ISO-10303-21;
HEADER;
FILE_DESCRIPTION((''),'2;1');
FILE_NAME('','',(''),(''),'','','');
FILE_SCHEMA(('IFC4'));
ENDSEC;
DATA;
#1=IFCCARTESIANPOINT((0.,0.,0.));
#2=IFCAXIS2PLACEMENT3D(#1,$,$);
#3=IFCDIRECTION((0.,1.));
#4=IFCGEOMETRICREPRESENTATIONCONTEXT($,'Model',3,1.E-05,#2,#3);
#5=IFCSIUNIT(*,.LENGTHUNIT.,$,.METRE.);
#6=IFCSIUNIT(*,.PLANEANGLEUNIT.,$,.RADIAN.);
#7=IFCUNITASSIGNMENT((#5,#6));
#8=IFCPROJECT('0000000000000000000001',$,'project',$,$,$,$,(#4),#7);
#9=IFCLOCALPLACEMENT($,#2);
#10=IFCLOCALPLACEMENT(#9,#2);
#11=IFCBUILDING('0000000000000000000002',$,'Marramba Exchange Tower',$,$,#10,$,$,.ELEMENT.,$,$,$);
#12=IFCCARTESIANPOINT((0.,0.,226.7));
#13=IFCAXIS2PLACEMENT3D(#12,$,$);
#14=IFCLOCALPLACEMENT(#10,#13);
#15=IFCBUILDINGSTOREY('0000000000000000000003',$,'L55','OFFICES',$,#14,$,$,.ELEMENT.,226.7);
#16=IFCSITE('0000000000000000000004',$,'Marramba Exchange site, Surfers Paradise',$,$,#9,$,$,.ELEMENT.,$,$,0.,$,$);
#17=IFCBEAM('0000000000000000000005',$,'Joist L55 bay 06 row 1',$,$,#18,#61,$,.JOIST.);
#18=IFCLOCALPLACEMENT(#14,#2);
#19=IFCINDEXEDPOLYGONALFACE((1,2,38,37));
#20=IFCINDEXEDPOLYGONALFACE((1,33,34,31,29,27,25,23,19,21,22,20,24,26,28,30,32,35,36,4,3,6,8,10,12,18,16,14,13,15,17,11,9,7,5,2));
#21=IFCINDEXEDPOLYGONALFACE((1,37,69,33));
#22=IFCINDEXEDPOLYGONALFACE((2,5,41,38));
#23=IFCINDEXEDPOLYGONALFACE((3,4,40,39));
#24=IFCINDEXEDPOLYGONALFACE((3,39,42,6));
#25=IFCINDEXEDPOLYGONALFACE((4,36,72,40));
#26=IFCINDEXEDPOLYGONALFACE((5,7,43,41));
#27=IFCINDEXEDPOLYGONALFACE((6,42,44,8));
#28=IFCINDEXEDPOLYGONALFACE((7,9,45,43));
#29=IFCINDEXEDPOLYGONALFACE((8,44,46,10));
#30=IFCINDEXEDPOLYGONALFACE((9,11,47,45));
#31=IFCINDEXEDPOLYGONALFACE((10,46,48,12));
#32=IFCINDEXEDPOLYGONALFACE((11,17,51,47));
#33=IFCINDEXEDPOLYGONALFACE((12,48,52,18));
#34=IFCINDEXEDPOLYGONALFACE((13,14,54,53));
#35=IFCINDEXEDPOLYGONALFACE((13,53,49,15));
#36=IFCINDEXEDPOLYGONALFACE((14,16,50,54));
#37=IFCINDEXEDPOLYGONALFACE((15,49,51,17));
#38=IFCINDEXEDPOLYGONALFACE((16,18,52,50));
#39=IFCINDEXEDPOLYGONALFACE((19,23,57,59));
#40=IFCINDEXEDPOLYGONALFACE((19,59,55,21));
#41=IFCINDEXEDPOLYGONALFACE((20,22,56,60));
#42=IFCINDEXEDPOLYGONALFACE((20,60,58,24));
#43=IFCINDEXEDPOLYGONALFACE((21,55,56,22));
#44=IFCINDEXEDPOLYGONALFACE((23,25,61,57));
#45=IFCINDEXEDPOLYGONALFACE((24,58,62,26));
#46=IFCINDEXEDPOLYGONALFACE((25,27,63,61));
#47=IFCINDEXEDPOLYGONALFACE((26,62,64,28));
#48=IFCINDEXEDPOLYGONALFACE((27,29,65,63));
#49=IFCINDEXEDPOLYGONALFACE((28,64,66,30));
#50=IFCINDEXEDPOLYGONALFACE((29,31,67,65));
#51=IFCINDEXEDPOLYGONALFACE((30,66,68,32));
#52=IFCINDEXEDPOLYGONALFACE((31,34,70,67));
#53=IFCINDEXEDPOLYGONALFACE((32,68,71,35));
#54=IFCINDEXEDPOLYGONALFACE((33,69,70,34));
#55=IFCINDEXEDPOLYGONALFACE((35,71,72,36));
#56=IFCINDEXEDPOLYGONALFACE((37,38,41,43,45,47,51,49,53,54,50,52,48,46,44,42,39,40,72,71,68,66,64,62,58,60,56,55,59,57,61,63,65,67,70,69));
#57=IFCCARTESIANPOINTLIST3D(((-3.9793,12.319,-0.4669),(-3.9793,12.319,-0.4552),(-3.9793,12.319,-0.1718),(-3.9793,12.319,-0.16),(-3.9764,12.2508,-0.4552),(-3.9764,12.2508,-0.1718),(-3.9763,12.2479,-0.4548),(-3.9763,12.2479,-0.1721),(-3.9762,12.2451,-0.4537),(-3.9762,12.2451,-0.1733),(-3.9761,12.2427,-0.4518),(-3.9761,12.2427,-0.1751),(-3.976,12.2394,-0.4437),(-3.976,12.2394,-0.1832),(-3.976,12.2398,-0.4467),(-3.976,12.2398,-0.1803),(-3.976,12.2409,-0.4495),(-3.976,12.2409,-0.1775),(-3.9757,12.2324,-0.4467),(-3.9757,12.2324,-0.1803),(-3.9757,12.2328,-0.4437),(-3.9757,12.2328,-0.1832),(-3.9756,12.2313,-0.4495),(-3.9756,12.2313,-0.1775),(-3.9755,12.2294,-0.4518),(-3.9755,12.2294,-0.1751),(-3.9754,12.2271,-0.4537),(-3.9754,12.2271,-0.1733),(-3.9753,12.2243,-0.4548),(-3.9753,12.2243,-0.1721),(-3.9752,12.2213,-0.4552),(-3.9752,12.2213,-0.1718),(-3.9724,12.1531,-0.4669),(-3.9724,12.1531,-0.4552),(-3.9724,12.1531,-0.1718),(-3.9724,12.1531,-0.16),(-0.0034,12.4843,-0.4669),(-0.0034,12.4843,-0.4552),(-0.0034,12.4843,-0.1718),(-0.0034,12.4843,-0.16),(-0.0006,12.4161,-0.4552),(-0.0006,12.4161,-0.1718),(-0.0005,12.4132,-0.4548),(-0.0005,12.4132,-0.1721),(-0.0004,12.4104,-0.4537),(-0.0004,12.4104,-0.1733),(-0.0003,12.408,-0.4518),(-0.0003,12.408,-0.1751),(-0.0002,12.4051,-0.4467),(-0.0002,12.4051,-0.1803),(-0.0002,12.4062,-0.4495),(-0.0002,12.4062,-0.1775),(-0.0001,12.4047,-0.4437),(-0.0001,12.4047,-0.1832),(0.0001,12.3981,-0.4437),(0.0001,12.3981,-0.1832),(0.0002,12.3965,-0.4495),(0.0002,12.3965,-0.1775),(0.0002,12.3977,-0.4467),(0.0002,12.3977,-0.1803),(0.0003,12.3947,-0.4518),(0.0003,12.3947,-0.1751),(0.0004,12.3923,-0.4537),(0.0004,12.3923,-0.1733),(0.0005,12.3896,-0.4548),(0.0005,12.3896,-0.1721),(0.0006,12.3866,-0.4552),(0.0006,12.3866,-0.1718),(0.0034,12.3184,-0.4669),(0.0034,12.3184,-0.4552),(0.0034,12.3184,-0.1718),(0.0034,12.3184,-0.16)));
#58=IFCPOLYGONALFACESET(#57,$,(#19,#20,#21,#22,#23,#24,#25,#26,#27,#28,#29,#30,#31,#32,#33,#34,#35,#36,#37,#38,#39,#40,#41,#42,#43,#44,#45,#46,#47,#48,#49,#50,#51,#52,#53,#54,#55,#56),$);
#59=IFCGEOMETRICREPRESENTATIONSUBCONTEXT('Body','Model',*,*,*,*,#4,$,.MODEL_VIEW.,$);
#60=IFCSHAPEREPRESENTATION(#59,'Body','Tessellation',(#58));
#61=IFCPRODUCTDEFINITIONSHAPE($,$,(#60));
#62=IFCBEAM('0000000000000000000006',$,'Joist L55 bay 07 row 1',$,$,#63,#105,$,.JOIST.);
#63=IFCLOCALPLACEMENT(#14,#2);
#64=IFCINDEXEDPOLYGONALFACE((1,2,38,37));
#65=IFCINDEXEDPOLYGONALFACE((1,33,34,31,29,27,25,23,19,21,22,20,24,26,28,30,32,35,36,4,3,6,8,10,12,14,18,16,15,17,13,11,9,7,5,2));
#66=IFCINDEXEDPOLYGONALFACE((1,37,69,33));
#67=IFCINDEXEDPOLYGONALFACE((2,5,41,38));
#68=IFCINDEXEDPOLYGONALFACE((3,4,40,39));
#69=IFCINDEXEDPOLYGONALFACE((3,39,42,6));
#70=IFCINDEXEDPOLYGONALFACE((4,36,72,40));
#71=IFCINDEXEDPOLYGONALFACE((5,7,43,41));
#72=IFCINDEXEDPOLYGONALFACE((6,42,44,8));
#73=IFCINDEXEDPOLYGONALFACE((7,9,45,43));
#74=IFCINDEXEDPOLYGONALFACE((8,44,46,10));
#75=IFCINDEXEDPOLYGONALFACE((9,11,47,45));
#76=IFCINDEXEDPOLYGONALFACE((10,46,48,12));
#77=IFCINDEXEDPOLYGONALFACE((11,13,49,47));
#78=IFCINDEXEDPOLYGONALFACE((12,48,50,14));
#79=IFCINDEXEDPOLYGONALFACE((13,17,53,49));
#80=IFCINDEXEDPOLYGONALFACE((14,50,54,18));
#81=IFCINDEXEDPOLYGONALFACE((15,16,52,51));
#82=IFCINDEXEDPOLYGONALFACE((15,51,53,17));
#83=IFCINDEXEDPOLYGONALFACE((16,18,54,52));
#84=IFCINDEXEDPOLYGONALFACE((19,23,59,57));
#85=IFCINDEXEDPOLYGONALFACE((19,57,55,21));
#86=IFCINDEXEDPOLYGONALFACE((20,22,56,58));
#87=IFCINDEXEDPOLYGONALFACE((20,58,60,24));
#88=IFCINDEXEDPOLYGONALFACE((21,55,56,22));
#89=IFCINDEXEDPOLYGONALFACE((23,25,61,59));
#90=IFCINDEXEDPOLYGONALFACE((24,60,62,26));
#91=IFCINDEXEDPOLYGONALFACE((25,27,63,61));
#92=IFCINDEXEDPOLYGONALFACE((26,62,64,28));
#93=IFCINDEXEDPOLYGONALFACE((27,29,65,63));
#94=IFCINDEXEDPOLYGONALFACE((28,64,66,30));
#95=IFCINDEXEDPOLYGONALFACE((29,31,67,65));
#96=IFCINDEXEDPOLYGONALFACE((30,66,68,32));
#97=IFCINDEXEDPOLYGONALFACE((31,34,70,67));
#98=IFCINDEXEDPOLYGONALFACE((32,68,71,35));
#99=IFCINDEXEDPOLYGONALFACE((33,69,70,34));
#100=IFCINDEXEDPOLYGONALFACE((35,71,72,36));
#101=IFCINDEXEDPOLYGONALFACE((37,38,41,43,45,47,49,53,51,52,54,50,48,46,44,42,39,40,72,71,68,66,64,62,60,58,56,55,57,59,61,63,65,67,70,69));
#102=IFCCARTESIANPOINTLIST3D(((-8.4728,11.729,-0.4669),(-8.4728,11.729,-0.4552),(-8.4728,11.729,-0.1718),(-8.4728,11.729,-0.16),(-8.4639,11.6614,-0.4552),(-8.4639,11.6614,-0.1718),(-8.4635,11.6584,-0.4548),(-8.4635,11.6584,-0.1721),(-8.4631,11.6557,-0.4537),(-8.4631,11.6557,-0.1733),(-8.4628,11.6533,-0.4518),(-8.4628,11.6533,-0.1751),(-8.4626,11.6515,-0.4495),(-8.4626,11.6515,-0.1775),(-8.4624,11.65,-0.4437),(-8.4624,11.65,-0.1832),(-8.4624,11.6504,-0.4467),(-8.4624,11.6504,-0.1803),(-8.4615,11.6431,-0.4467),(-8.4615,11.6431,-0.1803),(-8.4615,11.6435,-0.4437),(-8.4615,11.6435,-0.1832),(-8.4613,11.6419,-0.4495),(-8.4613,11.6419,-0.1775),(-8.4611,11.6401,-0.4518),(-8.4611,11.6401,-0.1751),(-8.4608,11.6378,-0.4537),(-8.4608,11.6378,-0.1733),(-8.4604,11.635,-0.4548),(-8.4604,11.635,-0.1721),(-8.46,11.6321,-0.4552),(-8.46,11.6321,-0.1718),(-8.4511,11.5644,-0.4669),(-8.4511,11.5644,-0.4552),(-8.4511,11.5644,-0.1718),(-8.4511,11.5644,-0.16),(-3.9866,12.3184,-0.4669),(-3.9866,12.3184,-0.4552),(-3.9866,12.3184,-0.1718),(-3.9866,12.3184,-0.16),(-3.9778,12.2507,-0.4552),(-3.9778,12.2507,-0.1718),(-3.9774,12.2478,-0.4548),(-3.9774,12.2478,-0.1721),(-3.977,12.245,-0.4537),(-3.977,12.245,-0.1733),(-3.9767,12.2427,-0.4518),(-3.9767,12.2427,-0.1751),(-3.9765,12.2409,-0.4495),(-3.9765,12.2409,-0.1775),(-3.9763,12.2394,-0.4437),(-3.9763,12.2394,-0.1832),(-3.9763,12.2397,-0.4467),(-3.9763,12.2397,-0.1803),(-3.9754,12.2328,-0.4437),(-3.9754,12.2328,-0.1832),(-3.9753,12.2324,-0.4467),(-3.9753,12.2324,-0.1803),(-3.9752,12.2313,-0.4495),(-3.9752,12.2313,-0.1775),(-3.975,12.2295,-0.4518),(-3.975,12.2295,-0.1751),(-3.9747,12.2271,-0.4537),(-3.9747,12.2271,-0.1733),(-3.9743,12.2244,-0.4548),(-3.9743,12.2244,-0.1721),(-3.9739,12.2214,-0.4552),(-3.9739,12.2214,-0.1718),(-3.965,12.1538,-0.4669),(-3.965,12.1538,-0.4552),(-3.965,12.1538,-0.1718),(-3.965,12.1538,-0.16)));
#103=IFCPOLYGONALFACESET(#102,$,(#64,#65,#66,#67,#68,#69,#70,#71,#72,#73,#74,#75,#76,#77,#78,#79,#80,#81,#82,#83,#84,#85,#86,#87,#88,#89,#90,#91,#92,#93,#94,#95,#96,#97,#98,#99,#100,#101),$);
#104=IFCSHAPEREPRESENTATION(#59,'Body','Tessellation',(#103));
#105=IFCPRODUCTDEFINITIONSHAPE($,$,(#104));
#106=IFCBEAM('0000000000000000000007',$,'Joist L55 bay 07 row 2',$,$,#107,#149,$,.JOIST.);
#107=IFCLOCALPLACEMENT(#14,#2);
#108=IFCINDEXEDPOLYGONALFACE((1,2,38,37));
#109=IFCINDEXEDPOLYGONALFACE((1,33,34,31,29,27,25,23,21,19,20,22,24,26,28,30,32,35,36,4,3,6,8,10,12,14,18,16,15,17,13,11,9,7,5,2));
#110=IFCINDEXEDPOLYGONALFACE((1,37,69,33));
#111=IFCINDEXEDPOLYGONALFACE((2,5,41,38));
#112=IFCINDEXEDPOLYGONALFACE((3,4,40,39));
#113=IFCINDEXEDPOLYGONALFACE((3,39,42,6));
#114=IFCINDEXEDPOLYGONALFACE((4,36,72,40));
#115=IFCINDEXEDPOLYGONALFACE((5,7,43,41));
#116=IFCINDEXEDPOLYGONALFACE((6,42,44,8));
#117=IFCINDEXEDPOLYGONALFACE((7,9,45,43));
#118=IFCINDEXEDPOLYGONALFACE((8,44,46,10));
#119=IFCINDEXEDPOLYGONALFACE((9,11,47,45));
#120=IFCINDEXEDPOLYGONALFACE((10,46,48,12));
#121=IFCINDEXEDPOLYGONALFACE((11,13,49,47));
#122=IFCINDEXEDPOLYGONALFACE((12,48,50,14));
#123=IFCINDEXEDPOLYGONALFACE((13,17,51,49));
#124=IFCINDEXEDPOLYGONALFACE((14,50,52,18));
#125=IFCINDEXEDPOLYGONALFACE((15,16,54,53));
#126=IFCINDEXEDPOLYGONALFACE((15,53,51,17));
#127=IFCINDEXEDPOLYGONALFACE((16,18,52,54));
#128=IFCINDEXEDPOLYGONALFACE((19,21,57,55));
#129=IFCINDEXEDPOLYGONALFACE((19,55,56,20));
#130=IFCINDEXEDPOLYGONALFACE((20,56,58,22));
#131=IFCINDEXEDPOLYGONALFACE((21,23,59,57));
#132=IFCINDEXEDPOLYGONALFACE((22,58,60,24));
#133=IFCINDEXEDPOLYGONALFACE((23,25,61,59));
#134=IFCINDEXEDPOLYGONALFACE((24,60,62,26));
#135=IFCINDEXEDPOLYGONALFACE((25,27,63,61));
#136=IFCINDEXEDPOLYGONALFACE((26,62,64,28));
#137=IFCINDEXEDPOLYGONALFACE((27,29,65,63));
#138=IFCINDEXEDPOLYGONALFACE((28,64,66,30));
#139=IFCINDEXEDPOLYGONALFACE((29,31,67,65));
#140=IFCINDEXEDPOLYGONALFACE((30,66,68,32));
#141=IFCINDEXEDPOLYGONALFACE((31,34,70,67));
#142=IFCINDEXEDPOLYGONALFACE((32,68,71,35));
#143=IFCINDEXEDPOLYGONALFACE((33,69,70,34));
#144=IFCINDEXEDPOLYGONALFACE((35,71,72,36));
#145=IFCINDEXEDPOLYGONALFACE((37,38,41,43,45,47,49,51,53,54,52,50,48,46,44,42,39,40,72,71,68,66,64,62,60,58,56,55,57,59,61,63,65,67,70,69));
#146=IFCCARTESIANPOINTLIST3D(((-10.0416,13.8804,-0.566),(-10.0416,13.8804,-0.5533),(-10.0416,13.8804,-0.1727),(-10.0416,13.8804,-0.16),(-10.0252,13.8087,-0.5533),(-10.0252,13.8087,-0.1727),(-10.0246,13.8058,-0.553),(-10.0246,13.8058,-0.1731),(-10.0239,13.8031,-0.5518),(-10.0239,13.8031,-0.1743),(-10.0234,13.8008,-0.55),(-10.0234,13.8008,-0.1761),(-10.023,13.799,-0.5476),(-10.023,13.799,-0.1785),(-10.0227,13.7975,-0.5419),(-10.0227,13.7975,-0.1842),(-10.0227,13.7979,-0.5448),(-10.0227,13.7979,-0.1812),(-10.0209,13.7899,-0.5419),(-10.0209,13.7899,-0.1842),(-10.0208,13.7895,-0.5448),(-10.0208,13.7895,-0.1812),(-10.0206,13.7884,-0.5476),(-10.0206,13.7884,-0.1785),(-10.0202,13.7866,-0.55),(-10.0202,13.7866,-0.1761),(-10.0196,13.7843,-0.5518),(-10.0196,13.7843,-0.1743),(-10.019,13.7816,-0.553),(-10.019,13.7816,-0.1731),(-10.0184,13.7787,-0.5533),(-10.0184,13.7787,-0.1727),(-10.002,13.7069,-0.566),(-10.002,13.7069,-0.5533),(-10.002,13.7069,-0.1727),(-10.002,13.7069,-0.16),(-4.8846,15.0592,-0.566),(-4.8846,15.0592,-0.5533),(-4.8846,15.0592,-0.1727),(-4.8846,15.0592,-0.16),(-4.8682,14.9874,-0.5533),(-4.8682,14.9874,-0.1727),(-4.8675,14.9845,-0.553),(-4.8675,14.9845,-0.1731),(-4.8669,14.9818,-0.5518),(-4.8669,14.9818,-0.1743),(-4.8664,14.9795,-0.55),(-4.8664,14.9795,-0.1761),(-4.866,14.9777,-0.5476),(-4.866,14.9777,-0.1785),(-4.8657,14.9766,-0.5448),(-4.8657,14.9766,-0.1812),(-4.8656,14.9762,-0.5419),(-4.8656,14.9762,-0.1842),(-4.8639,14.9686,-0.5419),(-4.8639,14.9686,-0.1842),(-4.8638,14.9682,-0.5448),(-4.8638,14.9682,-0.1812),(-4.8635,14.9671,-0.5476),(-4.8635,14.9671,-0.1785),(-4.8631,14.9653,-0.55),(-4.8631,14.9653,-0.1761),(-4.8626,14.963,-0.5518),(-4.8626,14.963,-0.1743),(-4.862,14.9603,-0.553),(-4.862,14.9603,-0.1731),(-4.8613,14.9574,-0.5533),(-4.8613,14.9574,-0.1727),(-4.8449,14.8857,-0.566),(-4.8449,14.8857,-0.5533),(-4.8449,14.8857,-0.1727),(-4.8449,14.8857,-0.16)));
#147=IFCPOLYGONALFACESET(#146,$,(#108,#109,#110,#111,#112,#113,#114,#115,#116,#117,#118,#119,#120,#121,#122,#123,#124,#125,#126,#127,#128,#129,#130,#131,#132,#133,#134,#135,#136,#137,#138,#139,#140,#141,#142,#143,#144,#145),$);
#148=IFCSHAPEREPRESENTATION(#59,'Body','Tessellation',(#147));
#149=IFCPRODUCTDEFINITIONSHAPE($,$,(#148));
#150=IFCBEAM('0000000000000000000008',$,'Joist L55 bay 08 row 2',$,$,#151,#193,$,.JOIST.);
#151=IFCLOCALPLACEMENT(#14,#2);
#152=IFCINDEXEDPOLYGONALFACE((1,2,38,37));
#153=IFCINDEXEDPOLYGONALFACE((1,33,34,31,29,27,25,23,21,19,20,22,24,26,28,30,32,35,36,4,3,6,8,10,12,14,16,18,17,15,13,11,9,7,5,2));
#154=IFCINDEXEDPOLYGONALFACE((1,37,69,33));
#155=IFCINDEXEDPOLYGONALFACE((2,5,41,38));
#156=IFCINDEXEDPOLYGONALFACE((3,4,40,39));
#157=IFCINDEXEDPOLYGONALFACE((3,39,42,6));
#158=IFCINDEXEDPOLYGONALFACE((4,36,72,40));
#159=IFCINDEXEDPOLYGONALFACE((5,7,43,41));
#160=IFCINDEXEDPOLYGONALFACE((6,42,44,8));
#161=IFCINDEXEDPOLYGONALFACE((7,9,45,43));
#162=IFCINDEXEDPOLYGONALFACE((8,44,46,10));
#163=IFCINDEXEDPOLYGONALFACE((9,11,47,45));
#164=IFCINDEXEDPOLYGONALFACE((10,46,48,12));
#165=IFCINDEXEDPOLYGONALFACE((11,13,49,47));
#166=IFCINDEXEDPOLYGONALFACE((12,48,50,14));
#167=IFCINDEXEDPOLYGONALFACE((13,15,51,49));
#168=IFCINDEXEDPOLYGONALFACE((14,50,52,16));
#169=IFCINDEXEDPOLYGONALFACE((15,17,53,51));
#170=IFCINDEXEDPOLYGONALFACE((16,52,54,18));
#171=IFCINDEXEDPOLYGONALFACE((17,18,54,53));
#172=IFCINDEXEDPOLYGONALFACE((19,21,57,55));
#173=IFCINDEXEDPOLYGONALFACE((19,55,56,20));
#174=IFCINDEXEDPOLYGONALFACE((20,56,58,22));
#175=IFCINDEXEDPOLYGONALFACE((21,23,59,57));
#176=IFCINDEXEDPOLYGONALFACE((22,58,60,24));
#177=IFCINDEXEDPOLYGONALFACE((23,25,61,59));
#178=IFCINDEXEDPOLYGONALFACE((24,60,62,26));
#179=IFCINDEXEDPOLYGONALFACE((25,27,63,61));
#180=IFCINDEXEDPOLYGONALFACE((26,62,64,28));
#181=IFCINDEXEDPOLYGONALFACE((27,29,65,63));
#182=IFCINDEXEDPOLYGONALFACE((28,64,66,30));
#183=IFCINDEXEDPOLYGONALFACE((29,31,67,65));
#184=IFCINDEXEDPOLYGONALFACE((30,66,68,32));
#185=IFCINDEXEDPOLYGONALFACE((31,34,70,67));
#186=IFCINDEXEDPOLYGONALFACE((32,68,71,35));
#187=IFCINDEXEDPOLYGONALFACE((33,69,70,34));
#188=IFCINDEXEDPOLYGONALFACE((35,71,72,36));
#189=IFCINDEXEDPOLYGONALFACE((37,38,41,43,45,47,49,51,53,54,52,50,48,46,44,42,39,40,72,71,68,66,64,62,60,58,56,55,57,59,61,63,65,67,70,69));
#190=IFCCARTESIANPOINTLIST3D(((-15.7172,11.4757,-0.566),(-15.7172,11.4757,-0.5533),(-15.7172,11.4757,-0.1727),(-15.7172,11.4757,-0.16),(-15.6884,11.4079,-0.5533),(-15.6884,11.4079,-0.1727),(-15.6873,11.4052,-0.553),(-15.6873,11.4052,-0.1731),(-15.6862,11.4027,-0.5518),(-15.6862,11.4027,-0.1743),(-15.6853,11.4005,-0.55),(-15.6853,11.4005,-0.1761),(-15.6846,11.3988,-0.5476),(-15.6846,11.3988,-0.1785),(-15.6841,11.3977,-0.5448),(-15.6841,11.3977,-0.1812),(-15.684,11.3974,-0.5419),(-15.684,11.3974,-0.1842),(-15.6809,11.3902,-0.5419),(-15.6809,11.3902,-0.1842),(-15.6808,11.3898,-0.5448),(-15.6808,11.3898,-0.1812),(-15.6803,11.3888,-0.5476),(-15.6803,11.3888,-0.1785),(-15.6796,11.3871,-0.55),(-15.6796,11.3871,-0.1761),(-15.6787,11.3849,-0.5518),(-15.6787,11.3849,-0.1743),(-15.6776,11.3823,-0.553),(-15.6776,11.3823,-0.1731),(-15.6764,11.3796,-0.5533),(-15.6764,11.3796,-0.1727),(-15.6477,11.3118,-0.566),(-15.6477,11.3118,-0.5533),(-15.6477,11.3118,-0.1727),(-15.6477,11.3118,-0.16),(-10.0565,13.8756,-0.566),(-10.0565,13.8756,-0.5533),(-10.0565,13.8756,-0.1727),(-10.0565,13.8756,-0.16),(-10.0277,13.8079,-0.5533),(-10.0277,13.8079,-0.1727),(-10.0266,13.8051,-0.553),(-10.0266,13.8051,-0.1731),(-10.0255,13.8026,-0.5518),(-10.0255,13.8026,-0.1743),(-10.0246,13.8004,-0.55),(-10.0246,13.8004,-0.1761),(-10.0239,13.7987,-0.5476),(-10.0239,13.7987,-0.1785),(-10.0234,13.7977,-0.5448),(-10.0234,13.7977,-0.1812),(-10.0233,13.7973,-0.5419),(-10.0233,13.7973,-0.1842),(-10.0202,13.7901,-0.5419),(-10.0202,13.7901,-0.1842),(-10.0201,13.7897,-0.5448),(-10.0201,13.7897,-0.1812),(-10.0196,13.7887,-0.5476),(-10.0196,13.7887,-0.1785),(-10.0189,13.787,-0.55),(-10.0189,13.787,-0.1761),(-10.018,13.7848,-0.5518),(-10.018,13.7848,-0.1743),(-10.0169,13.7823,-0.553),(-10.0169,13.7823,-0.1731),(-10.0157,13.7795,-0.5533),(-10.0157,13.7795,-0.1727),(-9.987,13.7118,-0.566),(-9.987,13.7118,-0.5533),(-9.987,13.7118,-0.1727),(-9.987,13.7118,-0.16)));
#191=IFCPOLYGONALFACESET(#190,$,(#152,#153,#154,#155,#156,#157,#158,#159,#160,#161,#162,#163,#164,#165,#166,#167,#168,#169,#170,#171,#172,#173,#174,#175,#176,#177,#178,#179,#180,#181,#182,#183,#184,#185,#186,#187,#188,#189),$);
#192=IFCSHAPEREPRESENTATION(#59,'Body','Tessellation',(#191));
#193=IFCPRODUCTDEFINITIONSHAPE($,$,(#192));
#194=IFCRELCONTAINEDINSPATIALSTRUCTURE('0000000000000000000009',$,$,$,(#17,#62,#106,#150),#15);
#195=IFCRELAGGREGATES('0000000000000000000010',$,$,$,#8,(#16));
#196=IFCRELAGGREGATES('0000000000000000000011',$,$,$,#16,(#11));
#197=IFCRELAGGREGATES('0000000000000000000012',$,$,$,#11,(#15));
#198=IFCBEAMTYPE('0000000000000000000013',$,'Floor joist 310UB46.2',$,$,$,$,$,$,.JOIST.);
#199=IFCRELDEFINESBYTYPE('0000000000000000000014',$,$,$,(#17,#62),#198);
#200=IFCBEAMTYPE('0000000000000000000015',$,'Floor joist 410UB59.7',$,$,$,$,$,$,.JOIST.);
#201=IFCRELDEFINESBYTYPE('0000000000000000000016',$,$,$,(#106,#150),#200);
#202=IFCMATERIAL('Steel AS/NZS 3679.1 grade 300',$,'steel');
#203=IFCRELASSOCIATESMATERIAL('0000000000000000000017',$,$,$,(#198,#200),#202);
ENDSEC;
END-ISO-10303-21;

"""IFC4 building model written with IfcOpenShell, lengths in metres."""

from ifc_helpers import new_model, si_unit, direction, frame, origin, origin_2d, place, context, subcontext, project, spatial, i_section, extrude, material, material_profile, profile_set, type_object, element, save


model = new_model("IFC4")

# Units and contexts
model_context = context("Model", 3, precision=1e-05, world=origin(), true_north=direction((0.0, 1.0)))
body_context = subcontext(model_context, "Body", "Model", "MODEL_VIEW")
ifc_project = project(units=[si_unit("LENGTHUNIT", "METRE"), si_unit("PLANEANGLEUNIT", "RADIAN")], contexts=[model_context])

# Site, building, storey
site_placement = place(None, origin())
site = spatial("IfcSite", under=ifc_project, at=site_placement, Name="Marramba Exchange site, Surfers Paradise", CompositionType="ELEMENT", RefElevation=0.0)
building_placement = place(site_placement, origin())
building = spatial("IfcBuilding", under=site, at=building_placement, Name="Marramba Exchange Tower", CompositionType="ELEMENT")
storey_placement = place(building_placement, frame((0.0, 0.0, 226.7)))
storey = spatial("IfcBuildingStorey", under=building, at=storey_placement, Name="L55", Description="OFFICES", CompositionType="ELEMENT", Elevation=226.7)

# Beams
ifc_material_1 = material(Name="Steel AS/NZS 3679.1 grade 300", Category="steel")
ifc_material_profile_1 = material_profile(ifc_material_1, i_section(OverallWidth=0.166, OverallDepth=0.3069, WebThickness=0.0066, FlangeThickness=0.0117, FilletRadius=0.0115, at=origin_2d()), Name="310UB46.2")
ifc_profile_set_1 = profile_set([ifc_material_profile_1], Name="Steel AS/NZS 3679.1 grade 300")
beam_type_1 = type_object("IfcBeamType", Name="Floor joist 310UB46.2", PredefinedType="JOIST", material=ifc_profile_set_1)
beam_1_placement = place(storey_placement, frame((0.0, 12.4014, -0.3135), z_axis=(-0.999137, -0.041536, 0.0), x_axis=(0.041536, -0.999137, 0.0)))
element("IfcBeam", 1, at=beam_1_placement, inside=storey, type_object=beam_type_1, Name="Joist L55 bay 06 row 1", PredefinedType="JOIST", context=body_context, shape_type="SweptSolid", body=[
    extrude(i_section(OverallWidth=0.166, OverallDepth=0.3069, WebThickness=0.0066, FlangeThickness=0.0117, FilletRadius=0.0115, at=origin_2d()), origin(), (0.0, 0.0, 1.0), 3.9792),
])
beam_2_placement = place(storey_placement, frame((-3.9758, 12.2361, -0.3135), z_axis=(-0.991481, -0.130255, 0.0), x_axis=(0.130255, -0.991481, 0.0)))
element("IfcBeam", 2, at=beam_2_placement, inside=storey, type_object=beam_type_1, Name="Joist L55 bay 07 row 1", PredefinedType="JOIST", context=body_context, shape_type="SweptSolid", body=[
    extrude(i_section(OverallWidth=0.166, OverallDepth=0.3069, WebThickness=0.0066, FlangeThickness=0.0117, FilletRadius=0.0115, at=origin_2d()), origin(), (0.0, 0.0, 1.0), 4.5247),
])
ifc_material_profile_2 = material_profile(ifc_material_1, i_section(OverallWidth=0.178, OverallDepth=0.406, WebThickness=0.0078, FlangeThickness=0.0127, FilletRadius=0.0115, at=origin_2d()), Name="410UB59.7")
ifc_profile_set_2 = profile_set([ifc_material_profile_2], Name="Steel AS/NZS 3679.1 grade 300")
beam_type_2 = type_object("IfcBeamType", Name="Floor joist 410UB59.7", PredefinedType="JOIST", material=ifc_profile_set_2)
beam_3_placement = place(storey_placement, frame((-4.8647, 14.9724, -0.363), z_axis=(-0.97486, -0.22282, 0.0), x_axis=(0.22282, -0.97486, 0.0)))
element("IfcBeam", 3, at=beam_3_placement, inside=storey, type_object=beam_type_2, Name="Joist L55 bay 07 row 2", PredefinedType="JOIST", context=body_context, shape_type="SweptSolid", body=[
    extrude(i_section(OverallWidth=0.178, OverallDepth=0.406, WebThickness=0.0078, FlangeThickness=0.0127, FilletRadius=0.0115, at=origin_2d()), origin(), (0.0, 0.0, 1.0), 5.29),
])
beam_4_placement = place(storey_placement, frame((-10.0217, 13.7937, -0.363), z_axis=(-0.920674, -0.390332, 0.0), x_axis=(0.390332, -0.920674, 0.0)))
element("IfcBeam", 4, at=beam_4_placement, inside=storey, type_object=beam_type_2, Name="Joist L55 bay 08 row 2", PredefinedType="JOIST", context=body_context, shape_type="SweptSolid", body=[
    extrude(i_section(OverallWidth=0.178, OverallDepth=0.406, WebThickness=0.0078, FlangeThickness=0.0127, FilletRadius=0.0115, at=origin_2d()), origin(), (0.0, 0.0, 1.0), 6.1484),
])

save(model, "model.ifc")
